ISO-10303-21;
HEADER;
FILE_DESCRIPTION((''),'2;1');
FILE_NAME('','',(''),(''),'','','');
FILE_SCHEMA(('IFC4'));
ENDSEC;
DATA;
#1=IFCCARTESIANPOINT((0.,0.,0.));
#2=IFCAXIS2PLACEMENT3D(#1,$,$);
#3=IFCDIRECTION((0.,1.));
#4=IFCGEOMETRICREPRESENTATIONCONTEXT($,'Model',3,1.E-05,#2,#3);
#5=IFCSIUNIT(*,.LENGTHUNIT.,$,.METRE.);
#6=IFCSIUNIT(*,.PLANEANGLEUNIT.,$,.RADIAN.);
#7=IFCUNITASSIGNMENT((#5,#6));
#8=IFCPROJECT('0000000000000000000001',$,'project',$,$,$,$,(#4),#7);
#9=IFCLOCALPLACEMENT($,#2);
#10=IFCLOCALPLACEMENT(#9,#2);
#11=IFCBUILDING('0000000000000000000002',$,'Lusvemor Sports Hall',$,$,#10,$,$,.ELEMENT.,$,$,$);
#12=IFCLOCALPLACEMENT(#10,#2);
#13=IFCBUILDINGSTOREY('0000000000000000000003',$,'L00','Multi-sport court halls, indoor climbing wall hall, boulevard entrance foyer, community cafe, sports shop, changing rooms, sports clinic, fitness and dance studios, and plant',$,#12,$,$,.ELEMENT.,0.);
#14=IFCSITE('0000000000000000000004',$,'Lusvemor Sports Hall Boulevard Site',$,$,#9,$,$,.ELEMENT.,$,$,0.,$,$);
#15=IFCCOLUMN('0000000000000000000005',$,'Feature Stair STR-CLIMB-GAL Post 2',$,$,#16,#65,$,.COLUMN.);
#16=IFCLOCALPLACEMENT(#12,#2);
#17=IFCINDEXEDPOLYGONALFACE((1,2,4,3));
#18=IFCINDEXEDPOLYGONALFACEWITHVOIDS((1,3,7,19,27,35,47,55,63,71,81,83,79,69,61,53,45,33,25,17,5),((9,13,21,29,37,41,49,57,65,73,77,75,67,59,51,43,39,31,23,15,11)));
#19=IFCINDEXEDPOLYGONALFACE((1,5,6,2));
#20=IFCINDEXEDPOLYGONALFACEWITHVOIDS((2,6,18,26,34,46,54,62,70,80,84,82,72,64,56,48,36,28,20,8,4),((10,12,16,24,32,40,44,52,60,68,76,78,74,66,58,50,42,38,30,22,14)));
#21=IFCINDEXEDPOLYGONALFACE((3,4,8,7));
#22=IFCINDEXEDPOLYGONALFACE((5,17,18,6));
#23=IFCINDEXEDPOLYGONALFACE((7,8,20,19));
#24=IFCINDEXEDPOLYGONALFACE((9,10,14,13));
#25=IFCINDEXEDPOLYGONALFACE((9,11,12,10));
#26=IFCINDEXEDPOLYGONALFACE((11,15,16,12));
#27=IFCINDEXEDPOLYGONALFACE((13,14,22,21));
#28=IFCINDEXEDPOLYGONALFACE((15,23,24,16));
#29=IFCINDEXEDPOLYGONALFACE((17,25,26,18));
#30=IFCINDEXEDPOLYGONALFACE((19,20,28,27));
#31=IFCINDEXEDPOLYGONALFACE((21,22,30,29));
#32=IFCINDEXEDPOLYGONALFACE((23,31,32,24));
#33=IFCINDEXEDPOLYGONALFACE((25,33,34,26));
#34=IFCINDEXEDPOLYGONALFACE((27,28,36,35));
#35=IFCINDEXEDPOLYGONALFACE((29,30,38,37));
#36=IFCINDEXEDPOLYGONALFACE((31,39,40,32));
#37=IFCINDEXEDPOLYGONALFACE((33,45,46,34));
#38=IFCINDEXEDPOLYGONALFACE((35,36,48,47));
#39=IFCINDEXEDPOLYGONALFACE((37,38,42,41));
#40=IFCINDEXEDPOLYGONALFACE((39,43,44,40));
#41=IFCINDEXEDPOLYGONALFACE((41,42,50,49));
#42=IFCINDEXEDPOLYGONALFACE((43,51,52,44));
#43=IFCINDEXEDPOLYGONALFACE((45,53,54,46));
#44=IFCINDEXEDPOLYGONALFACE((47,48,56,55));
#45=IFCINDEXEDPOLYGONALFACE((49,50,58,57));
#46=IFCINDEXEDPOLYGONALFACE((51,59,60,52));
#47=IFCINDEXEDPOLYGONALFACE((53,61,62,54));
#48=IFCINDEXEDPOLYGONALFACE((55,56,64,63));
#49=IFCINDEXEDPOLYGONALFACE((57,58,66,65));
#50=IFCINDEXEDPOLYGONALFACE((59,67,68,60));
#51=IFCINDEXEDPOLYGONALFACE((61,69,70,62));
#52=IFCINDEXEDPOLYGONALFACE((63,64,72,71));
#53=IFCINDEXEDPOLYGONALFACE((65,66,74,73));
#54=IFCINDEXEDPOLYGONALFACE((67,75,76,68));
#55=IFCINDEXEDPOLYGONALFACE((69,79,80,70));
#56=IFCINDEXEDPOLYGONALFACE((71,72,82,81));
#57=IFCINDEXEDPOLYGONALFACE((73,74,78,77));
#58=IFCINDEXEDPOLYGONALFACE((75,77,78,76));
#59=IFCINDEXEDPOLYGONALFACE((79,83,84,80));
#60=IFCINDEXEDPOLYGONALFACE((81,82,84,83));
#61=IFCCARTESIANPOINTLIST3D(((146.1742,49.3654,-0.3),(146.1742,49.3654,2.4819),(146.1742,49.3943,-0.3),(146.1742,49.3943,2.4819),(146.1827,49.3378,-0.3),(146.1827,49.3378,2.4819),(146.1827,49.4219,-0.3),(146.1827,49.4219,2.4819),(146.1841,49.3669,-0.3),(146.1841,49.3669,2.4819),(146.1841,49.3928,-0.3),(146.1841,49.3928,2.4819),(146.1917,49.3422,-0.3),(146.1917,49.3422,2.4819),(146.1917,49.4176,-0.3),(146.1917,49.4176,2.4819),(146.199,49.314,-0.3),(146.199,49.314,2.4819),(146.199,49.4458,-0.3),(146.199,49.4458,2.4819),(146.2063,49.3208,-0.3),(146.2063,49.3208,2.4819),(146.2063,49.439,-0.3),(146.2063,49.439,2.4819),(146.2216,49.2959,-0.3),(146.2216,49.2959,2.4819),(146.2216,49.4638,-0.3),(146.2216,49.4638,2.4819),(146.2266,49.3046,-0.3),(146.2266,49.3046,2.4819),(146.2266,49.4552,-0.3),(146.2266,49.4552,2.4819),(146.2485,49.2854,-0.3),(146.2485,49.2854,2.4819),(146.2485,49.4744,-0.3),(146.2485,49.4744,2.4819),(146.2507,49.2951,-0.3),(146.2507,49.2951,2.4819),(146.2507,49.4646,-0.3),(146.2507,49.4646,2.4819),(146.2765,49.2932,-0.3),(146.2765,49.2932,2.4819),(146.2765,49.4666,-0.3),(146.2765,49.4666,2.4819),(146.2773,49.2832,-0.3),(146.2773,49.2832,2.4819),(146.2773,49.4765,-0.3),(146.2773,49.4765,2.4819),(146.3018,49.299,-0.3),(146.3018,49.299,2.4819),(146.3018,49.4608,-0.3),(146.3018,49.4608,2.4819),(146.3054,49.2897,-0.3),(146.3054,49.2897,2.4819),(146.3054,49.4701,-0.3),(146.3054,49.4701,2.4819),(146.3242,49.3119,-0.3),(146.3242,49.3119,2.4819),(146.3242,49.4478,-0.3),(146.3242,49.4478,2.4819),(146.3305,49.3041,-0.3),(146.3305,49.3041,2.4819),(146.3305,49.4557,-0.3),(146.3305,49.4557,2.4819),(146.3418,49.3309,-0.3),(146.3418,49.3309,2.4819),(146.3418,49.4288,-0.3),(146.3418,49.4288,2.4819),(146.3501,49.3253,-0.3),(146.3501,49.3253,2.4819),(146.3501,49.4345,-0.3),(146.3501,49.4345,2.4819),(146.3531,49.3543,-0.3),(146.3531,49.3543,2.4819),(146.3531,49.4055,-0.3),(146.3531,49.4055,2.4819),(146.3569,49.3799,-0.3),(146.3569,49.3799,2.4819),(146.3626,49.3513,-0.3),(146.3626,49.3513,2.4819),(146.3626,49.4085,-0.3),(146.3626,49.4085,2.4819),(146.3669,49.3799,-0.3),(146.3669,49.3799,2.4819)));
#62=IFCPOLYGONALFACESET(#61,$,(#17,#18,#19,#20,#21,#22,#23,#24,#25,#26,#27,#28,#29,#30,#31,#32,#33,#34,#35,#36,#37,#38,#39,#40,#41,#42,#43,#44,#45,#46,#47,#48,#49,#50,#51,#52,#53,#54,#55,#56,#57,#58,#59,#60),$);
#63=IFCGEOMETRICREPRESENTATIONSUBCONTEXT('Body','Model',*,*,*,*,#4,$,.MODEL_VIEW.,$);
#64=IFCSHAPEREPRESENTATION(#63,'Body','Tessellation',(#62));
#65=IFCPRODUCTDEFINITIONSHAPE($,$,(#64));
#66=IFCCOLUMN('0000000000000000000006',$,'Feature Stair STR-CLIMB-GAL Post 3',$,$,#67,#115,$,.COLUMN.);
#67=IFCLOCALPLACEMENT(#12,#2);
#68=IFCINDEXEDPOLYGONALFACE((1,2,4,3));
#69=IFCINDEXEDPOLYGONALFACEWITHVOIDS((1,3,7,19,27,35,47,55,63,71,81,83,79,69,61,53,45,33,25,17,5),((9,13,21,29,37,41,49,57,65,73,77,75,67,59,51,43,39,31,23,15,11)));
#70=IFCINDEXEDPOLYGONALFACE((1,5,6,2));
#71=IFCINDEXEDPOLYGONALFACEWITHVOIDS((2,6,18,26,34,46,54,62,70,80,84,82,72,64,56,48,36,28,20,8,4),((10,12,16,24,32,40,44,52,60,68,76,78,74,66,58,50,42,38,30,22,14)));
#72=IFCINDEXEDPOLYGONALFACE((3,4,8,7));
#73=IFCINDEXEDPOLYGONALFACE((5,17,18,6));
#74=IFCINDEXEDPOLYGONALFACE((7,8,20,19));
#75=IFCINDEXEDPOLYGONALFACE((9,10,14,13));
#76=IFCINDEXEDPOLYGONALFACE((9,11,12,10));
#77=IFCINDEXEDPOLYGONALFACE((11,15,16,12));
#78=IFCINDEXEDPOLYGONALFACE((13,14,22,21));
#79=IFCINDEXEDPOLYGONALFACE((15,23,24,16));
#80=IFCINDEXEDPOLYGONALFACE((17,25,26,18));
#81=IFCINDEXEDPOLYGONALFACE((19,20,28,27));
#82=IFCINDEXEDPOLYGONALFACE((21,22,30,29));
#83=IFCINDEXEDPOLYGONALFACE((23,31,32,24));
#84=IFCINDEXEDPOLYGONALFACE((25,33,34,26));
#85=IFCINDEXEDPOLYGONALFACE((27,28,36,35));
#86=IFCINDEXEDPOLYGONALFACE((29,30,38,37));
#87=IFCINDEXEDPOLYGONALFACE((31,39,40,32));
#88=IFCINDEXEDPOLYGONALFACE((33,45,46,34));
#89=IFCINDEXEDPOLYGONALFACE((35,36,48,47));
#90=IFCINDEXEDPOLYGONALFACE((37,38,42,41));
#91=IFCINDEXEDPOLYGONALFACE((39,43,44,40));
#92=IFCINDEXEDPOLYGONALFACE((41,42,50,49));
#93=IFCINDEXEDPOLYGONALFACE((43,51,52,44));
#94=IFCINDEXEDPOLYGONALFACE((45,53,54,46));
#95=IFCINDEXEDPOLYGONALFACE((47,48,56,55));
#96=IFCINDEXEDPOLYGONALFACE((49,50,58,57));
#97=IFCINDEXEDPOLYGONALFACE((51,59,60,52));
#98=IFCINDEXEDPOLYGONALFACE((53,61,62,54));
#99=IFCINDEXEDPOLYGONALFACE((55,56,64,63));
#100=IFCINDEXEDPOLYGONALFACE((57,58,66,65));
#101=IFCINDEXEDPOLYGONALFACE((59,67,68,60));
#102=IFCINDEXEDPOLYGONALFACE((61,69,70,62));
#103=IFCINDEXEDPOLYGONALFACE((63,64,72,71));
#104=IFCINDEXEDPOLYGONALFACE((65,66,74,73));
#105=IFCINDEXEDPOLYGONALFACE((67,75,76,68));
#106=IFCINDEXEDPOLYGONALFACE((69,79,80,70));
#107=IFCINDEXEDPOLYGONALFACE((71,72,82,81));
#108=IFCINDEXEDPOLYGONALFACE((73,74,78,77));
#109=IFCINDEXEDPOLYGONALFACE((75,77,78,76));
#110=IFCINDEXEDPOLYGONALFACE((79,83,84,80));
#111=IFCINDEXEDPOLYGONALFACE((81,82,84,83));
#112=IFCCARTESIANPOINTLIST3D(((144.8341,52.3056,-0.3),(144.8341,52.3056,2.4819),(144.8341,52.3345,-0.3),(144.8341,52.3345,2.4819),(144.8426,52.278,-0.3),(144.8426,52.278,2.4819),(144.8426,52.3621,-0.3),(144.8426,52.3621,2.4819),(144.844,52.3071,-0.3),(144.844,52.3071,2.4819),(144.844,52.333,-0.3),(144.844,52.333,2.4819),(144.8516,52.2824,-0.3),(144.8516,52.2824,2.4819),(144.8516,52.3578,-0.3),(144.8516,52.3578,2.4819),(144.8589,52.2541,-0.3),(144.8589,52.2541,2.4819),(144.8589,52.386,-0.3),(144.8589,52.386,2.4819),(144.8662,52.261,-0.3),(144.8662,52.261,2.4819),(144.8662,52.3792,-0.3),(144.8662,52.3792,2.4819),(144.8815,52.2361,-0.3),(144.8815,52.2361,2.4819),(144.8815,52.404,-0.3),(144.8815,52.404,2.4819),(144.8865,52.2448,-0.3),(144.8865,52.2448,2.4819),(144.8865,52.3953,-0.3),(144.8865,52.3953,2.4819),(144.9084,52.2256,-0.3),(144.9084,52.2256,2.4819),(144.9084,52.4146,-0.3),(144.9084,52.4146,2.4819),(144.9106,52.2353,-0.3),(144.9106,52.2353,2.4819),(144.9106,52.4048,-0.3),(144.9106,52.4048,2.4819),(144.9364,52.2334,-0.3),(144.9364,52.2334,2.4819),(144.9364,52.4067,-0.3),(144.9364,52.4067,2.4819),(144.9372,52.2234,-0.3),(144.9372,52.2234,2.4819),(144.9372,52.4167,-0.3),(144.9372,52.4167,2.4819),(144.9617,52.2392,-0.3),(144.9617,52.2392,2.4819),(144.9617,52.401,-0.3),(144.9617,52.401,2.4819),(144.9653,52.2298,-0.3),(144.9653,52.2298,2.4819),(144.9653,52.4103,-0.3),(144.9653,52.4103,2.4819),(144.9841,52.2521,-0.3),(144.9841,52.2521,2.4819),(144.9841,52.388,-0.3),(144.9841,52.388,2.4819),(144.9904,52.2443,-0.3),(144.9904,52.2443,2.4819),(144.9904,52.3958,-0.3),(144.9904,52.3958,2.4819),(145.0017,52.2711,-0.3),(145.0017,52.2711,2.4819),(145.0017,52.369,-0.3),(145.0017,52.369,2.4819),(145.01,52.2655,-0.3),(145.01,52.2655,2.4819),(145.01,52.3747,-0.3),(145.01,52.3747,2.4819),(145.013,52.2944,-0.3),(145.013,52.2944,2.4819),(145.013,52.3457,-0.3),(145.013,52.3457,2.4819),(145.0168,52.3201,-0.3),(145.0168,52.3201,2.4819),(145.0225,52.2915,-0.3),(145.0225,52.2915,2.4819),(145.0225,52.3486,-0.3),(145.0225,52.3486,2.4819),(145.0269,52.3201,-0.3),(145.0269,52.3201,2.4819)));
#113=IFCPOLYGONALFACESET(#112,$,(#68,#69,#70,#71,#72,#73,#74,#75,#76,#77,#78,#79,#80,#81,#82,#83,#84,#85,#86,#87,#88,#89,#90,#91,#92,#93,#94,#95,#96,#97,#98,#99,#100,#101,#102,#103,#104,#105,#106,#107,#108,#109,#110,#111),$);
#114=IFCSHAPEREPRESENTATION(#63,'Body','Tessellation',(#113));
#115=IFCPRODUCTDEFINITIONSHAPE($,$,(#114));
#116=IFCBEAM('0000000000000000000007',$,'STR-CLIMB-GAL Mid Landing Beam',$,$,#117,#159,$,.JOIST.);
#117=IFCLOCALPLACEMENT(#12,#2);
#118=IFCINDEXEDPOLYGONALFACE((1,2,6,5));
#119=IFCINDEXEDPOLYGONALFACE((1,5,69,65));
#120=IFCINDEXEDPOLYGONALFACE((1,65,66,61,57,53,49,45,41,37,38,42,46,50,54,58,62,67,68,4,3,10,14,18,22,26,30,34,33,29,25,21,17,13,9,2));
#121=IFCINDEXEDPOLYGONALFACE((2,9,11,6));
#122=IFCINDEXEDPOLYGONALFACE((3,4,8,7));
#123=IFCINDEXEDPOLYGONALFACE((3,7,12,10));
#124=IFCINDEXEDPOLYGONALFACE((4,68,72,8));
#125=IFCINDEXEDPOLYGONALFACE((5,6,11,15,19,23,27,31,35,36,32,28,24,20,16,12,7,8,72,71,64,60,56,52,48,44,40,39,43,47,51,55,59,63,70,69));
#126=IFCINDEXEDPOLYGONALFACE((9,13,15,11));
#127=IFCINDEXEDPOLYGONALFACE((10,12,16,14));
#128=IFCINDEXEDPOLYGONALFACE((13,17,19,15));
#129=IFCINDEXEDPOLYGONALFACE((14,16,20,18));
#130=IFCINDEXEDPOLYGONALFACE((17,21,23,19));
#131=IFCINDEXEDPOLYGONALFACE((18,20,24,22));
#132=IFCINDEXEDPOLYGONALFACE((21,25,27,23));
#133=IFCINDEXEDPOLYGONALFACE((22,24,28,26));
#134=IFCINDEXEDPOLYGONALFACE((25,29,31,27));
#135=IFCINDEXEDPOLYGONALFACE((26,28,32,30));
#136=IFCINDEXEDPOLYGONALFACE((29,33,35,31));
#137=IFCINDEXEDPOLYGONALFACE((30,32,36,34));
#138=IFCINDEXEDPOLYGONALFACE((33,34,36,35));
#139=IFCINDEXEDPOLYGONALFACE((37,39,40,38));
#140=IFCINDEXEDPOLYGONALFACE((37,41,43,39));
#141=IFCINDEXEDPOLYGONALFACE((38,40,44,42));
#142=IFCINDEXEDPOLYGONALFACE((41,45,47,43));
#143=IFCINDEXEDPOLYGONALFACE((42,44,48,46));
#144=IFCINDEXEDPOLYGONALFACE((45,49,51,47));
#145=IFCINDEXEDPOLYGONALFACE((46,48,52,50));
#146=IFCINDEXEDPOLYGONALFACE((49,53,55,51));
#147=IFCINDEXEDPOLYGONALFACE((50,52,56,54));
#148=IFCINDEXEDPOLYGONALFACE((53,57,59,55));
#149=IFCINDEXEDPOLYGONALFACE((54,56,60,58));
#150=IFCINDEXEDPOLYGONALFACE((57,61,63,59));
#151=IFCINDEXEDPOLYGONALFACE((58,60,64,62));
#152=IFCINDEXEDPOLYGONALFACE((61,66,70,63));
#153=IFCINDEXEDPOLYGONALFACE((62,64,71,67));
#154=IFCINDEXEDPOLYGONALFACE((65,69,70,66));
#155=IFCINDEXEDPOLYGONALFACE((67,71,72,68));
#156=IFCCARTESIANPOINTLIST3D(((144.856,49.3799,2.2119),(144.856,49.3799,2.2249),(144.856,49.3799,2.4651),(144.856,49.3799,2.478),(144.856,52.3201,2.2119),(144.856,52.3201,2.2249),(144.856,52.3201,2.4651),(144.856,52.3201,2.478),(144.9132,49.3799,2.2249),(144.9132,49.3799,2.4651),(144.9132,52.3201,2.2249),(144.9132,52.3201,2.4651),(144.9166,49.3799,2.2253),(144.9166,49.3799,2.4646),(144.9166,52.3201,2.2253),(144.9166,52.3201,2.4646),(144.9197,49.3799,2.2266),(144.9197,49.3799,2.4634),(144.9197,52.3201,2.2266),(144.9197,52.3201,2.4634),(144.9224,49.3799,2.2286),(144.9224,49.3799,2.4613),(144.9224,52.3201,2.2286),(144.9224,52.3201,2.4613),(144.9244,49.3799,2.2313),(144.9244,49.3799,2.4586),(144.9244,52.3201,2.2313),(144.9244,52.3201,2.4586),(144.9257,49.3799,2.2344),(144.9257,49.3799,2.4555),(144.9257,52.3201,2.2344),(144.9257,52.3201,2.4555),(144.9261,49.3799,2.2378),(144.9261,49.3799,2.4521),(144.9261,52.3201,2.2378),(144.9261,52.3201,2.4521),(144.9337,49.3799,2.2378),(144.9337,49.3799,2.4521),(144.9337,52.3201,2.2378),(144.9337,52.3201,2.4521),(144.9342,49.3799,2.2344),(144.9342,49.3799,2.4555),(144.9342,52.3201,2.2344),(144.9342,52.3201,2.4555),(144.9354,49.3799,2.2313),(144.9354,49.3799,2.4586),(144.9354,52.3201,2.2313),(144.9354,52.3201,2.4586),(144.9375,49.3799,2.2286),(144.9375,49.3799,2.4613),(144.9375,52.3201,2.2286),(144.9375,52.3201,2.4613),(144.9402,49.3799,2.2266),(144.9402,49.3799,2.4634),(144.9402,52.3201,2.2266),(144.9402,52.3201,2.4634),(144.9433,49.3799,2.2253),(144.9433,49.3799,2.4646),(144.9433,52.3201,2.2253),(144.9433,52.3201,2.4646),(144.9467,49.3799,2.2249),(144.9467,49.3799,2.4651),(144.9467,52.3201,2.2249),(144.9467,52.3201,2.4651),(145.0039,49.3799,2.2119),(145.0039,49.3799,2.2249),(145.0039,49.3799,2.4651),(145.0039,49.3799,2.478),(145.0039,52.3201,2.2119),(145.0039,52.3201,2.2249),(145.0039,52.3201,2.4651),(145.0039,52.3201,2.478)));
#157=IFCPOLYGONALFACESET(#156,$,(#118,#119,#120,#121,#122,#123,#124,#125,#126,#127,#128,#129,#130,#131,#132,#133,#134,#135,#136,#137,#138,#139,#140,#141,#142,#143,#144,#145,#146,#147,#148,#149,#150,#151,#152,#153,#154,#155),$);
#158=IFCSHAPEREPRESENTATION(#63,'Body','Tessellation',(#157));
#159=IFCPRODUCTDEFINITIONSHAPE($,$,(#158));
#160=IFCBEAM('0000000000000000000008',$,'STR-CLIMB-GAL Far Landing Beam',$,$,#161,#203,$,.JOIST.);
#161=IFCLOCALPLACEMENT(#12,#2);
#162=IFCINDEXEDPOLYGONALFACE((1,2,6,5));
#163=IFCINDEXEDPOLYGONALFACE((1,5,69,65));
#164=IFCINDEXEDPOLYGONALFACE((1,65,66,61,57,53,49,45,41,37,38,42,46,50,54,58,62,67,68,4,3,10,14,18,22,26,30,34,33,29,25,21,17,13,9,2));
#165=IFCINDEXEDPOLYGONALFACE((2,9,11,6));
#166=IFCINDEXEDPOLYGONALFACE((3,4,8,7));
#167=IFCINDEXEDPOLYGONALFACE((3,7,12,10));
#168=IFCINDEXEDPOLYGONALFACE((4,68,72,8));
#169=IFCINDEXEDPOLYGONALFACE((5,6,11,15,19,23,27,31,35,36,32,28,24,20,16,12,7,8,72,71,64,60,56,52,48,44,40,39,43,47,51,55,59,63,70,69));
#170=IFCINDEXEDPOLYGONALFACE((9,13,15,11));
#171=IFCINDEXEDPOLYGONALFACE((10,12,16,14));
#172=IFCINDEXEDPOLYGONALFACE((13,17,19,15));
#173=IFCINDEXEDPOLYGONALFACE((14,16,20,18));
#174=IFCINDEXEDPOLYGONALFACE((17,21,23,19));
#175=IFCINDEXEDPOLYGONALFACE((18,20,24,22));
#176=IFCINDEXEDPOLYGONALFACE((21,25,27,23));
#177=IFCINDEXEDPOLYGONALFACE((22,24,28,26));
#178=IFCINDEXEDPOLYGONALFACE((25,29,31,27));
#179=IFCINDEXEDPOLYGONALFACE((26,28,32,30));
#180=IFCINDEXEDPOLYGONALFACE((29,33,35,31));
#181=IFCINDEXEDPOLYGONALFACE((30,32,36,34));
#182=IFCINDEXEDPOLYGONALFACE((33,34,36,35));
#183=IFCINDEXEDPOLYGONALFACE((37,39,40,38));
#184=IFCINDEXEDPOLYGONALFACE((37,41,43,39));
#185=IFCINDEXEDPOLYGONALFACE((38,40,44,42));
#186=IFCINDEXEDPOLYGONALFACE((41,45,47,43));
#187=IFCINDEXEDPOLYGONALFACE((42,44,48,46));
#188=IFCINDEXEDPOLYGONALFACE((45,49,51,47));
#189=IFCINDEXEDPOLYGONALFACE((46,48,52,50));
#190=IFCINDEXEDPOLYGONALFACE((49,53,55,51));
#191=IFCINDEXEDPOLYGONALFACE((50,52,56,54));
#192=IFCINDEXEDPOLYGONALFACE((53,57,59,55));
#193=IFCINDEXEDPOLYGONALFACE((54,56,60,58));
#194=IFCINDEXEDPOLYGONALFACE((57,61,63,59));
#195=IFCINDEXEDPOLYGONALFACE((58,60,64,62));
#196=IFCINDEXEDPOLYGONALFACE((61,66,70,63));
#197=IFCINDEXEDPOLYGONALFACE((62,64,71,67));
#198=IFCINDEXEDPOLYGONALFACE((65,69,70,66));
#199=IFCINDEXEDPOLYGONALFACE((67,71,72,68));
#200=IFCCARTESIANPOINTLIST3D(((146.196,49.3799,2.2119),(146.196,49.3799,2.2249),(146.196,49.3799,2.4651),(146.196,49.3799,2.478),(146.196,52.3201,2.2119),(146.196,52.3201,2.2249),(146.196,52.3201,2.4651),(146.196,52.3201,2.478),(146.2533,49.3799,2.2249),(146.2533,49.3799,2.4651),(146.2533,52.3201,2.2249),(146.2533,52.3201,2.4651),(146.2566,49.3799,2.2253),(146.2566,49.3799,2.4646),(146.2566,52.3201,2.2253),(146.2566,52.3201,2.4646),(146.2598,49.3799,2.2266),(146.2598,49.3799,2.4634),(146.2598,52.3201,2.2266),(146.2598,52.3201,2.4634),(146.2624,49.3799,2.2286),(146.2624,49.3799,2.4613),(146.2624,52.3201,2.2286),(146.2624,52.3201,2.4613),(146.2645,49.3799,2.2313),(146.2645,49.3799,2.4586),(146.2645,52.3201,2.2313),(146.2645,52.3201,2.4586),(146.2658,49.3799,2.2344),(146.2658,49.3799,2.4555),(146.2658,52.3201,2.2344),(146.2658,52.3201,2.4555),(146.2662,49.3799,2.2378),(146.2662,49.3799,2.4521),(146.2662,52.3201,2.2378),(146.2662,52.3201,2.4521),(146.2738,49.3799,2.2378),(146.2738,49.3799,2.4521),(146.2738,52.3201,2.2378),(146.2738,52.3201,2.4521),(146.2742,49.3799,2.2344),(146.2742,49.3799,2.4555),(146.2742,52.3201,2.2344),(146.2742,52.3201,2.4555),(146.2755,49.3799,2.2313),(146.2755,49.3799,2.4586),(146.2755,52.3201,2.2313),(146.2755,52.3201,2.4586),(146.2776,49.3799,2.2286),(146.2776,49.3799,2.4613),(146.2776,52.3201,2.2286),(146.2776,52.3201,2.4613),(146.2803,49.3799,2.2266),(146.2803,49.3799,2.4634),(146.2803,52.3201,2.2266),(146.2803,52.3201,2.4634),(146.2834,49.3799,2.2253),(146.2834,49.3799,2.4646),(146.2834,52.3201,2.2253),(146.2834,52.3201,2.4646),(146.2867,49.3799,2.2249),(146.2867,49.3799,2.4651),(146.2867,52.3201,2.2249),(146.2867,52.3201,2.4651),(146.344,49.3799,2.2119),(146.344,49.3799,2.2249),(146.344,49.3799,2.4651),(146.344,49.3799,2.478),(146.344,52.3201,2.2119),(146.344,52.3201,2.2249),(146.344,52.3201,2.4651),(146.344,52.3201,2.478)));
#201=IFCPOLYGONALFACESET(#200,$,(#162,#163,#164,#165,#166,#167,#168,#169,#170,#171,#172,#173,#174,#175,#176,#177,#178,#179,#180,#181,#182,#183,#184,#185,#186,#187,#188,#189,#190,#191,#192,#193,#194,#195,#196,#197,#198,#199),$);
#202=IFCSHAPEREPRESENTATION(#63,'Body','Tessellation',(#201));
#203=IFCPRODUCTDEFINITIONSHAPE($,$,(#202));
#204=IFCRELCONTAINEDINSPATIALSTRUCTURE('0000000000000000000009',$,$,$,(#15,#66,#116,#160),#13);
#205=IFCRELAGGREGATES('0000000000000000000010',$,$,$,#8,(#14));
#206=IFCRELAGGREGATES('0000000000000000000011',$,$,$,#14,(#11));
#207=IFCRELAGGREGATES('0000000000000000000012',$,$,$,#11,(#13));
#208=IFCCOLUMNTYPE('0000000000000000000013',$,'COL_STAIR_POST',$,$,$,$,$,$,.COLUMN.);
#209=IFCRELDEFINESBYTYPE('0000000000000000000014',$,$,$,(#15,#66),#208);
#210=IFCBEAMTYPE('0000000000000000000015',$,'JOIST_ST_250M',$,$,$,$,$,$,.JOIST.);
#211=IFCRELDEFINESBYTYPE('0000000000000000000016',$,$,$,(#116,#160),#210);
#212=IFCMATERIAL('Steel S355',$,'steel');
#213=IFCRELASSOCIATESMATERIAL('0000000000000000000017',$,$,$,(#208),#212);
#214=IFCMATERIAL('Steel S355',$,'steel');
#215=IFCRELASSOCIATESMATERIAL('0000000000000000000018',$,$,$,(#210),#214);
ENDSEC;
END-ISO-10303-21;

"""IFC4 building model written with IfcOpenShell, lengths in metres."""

from ifc_helpers import new_model, si_unit, direction, frame, origin, origin_2d, place, context, subcontext, project, spatial, hollow_circle, i_section, extrude, material, material_profile, profile_set, type_object, element, save


model = new_model("IFC4")

# Units and contexts
model_context = context("Model", 3, precision=1e-05, world=origin(), true_north=direction((0.0, 1.0)))
body_context = subcontext(model_context, "Body", "Model", "MODEL_VIEW")
ifc_project = project(units=[si_unit("LENGTHUNIT", "METRE"), si_unit("PLANEANGLEUNIT", "RADIAN")], contexts=[model_context])

# Site, building, storey
site_placement = place(None, origin())
site = spatial("IfcSite", under=ifc_project, at=site_placement, Name="Lusvemor Sports Hall Boulevard Site", CompositionType="ELEMENT", RefElevation=0.0)
building_placement = place(site_placement, origin())
building = spatial("IfcBuilding", under=site, at=building_placement, Name="Lusvemor Sports Hall", CompositionType="ELEMENT")
storey_placement = place(building_placement, origin())
storey = spatial("IfcBuildingStorey", under=building, at=storey_placement, Name="L00", Description="Multi-sport court halls, indoor climbing wall hall, boulevard entrance foyer, community cafe, sports shop, changing rooms, sports clinic, fitness and dance studios, and plant", CompositionType="ELEMENT", Elevation=0.0)

# Columns
ifc_material_1 = material(Name="Steel S355", Category="steel")
ifc_material_profile_1 = material_profile(ifc_material_1, hollow_circle(Radius=0.0969, WallThickness=0.01, at=origin_2d()), Name="CHS193.7x10.0")
ifc_profile_set_1 = profile_set([ifc_material_profile_1], Name="Steel S355")
column_type_1 = type_object("IfcColumnType", Name="COL_STAIR_POST", PredefinedType="COLUMN", material=ifc_profile_set_1)
for number, where, z_axis, x_axis, name in (
    (1, (146.27, 49.3799, -0.3), (0.0, 0.0, 1.0), (1.0, 0.0, 0.0), "Feature Stair STR-CLIMB-GAL Post 2"),
    (2, (144.9299, 52.3201, -0.3), (0.0, 0.0, 1.0), (1.0, 0.0, 0.0), "Feature Stair STR-CLIMB-GAL Post 3"),
):
    element("IfcColumn", number, at=place(storey_placement, frame(where, z_axis=z_axis, x_axis=x_axis)), inside=storey, type_object=column_type_1, Name=name, PredefinedType="COLUMN", context=body_context, shape_type="SweptSolid", body=[
        extrude(hollow_circle(Radius=0.0969, WallThickness=0.01, at=origin_2d()), origin(), (0.0, 0.0, 1.0), 2.782),
    ])

# Beams
ifc_material_2 = material(Name="Steel S355", Category="steel")
ifc_material_profile_2 = material_profile(ifc_material_2, i_section(OverallWidth=0.1479, OverallDepth=0.2661, WebThickness=0.0076, FlangeThickness=0.0129, FilletRadius=0.0129, at=origin_2d()), Name="W250x44.8")
ifc_profile_set_2 = profile_set([ifc_material_profile_2], Name="Steel S355")
beam_type = type_object("IfcBeamType", Name="JOIST_ST_250M", PredefinedType="JOIST", material=ifc_profile_set_2)
for number, where, z_axis, x_axis, name in (
    (3, (144.9299, 49.3799, 2.345), (0.0, 1.0, 0.0), (-1.0, 0.0, 0.0), "STR-CLIMB-GAL Mid Landing Beam"),
    (4, (146.27, 49.3799, 2.345), (0.0, 1.0, 0.0), (-1.0, 0.0, 0.0), "STR-CLIMB-GAL Far Landing Beam"),
):
    element("IfcBeam", number, at=place(storey_placement, frame(where, z_axis=z_axis, x_axis=x_axis)), inside=storey, type_object=beam_type, Name=name, PredefinedType="JOIST", context=body_context, shape_type="SweptSolid", body=[
        extrude(i_section(OverallWidth=0.1479, OverallDepth=0.2661, WebThickness=0.0076, FlangeThickness=0.0129, FilletRadius=0.0129, at=origin_2d()), origin(), (0.0, 0.0, 1.0), 2.9402),
    ])

save(model, "model.ifc")
